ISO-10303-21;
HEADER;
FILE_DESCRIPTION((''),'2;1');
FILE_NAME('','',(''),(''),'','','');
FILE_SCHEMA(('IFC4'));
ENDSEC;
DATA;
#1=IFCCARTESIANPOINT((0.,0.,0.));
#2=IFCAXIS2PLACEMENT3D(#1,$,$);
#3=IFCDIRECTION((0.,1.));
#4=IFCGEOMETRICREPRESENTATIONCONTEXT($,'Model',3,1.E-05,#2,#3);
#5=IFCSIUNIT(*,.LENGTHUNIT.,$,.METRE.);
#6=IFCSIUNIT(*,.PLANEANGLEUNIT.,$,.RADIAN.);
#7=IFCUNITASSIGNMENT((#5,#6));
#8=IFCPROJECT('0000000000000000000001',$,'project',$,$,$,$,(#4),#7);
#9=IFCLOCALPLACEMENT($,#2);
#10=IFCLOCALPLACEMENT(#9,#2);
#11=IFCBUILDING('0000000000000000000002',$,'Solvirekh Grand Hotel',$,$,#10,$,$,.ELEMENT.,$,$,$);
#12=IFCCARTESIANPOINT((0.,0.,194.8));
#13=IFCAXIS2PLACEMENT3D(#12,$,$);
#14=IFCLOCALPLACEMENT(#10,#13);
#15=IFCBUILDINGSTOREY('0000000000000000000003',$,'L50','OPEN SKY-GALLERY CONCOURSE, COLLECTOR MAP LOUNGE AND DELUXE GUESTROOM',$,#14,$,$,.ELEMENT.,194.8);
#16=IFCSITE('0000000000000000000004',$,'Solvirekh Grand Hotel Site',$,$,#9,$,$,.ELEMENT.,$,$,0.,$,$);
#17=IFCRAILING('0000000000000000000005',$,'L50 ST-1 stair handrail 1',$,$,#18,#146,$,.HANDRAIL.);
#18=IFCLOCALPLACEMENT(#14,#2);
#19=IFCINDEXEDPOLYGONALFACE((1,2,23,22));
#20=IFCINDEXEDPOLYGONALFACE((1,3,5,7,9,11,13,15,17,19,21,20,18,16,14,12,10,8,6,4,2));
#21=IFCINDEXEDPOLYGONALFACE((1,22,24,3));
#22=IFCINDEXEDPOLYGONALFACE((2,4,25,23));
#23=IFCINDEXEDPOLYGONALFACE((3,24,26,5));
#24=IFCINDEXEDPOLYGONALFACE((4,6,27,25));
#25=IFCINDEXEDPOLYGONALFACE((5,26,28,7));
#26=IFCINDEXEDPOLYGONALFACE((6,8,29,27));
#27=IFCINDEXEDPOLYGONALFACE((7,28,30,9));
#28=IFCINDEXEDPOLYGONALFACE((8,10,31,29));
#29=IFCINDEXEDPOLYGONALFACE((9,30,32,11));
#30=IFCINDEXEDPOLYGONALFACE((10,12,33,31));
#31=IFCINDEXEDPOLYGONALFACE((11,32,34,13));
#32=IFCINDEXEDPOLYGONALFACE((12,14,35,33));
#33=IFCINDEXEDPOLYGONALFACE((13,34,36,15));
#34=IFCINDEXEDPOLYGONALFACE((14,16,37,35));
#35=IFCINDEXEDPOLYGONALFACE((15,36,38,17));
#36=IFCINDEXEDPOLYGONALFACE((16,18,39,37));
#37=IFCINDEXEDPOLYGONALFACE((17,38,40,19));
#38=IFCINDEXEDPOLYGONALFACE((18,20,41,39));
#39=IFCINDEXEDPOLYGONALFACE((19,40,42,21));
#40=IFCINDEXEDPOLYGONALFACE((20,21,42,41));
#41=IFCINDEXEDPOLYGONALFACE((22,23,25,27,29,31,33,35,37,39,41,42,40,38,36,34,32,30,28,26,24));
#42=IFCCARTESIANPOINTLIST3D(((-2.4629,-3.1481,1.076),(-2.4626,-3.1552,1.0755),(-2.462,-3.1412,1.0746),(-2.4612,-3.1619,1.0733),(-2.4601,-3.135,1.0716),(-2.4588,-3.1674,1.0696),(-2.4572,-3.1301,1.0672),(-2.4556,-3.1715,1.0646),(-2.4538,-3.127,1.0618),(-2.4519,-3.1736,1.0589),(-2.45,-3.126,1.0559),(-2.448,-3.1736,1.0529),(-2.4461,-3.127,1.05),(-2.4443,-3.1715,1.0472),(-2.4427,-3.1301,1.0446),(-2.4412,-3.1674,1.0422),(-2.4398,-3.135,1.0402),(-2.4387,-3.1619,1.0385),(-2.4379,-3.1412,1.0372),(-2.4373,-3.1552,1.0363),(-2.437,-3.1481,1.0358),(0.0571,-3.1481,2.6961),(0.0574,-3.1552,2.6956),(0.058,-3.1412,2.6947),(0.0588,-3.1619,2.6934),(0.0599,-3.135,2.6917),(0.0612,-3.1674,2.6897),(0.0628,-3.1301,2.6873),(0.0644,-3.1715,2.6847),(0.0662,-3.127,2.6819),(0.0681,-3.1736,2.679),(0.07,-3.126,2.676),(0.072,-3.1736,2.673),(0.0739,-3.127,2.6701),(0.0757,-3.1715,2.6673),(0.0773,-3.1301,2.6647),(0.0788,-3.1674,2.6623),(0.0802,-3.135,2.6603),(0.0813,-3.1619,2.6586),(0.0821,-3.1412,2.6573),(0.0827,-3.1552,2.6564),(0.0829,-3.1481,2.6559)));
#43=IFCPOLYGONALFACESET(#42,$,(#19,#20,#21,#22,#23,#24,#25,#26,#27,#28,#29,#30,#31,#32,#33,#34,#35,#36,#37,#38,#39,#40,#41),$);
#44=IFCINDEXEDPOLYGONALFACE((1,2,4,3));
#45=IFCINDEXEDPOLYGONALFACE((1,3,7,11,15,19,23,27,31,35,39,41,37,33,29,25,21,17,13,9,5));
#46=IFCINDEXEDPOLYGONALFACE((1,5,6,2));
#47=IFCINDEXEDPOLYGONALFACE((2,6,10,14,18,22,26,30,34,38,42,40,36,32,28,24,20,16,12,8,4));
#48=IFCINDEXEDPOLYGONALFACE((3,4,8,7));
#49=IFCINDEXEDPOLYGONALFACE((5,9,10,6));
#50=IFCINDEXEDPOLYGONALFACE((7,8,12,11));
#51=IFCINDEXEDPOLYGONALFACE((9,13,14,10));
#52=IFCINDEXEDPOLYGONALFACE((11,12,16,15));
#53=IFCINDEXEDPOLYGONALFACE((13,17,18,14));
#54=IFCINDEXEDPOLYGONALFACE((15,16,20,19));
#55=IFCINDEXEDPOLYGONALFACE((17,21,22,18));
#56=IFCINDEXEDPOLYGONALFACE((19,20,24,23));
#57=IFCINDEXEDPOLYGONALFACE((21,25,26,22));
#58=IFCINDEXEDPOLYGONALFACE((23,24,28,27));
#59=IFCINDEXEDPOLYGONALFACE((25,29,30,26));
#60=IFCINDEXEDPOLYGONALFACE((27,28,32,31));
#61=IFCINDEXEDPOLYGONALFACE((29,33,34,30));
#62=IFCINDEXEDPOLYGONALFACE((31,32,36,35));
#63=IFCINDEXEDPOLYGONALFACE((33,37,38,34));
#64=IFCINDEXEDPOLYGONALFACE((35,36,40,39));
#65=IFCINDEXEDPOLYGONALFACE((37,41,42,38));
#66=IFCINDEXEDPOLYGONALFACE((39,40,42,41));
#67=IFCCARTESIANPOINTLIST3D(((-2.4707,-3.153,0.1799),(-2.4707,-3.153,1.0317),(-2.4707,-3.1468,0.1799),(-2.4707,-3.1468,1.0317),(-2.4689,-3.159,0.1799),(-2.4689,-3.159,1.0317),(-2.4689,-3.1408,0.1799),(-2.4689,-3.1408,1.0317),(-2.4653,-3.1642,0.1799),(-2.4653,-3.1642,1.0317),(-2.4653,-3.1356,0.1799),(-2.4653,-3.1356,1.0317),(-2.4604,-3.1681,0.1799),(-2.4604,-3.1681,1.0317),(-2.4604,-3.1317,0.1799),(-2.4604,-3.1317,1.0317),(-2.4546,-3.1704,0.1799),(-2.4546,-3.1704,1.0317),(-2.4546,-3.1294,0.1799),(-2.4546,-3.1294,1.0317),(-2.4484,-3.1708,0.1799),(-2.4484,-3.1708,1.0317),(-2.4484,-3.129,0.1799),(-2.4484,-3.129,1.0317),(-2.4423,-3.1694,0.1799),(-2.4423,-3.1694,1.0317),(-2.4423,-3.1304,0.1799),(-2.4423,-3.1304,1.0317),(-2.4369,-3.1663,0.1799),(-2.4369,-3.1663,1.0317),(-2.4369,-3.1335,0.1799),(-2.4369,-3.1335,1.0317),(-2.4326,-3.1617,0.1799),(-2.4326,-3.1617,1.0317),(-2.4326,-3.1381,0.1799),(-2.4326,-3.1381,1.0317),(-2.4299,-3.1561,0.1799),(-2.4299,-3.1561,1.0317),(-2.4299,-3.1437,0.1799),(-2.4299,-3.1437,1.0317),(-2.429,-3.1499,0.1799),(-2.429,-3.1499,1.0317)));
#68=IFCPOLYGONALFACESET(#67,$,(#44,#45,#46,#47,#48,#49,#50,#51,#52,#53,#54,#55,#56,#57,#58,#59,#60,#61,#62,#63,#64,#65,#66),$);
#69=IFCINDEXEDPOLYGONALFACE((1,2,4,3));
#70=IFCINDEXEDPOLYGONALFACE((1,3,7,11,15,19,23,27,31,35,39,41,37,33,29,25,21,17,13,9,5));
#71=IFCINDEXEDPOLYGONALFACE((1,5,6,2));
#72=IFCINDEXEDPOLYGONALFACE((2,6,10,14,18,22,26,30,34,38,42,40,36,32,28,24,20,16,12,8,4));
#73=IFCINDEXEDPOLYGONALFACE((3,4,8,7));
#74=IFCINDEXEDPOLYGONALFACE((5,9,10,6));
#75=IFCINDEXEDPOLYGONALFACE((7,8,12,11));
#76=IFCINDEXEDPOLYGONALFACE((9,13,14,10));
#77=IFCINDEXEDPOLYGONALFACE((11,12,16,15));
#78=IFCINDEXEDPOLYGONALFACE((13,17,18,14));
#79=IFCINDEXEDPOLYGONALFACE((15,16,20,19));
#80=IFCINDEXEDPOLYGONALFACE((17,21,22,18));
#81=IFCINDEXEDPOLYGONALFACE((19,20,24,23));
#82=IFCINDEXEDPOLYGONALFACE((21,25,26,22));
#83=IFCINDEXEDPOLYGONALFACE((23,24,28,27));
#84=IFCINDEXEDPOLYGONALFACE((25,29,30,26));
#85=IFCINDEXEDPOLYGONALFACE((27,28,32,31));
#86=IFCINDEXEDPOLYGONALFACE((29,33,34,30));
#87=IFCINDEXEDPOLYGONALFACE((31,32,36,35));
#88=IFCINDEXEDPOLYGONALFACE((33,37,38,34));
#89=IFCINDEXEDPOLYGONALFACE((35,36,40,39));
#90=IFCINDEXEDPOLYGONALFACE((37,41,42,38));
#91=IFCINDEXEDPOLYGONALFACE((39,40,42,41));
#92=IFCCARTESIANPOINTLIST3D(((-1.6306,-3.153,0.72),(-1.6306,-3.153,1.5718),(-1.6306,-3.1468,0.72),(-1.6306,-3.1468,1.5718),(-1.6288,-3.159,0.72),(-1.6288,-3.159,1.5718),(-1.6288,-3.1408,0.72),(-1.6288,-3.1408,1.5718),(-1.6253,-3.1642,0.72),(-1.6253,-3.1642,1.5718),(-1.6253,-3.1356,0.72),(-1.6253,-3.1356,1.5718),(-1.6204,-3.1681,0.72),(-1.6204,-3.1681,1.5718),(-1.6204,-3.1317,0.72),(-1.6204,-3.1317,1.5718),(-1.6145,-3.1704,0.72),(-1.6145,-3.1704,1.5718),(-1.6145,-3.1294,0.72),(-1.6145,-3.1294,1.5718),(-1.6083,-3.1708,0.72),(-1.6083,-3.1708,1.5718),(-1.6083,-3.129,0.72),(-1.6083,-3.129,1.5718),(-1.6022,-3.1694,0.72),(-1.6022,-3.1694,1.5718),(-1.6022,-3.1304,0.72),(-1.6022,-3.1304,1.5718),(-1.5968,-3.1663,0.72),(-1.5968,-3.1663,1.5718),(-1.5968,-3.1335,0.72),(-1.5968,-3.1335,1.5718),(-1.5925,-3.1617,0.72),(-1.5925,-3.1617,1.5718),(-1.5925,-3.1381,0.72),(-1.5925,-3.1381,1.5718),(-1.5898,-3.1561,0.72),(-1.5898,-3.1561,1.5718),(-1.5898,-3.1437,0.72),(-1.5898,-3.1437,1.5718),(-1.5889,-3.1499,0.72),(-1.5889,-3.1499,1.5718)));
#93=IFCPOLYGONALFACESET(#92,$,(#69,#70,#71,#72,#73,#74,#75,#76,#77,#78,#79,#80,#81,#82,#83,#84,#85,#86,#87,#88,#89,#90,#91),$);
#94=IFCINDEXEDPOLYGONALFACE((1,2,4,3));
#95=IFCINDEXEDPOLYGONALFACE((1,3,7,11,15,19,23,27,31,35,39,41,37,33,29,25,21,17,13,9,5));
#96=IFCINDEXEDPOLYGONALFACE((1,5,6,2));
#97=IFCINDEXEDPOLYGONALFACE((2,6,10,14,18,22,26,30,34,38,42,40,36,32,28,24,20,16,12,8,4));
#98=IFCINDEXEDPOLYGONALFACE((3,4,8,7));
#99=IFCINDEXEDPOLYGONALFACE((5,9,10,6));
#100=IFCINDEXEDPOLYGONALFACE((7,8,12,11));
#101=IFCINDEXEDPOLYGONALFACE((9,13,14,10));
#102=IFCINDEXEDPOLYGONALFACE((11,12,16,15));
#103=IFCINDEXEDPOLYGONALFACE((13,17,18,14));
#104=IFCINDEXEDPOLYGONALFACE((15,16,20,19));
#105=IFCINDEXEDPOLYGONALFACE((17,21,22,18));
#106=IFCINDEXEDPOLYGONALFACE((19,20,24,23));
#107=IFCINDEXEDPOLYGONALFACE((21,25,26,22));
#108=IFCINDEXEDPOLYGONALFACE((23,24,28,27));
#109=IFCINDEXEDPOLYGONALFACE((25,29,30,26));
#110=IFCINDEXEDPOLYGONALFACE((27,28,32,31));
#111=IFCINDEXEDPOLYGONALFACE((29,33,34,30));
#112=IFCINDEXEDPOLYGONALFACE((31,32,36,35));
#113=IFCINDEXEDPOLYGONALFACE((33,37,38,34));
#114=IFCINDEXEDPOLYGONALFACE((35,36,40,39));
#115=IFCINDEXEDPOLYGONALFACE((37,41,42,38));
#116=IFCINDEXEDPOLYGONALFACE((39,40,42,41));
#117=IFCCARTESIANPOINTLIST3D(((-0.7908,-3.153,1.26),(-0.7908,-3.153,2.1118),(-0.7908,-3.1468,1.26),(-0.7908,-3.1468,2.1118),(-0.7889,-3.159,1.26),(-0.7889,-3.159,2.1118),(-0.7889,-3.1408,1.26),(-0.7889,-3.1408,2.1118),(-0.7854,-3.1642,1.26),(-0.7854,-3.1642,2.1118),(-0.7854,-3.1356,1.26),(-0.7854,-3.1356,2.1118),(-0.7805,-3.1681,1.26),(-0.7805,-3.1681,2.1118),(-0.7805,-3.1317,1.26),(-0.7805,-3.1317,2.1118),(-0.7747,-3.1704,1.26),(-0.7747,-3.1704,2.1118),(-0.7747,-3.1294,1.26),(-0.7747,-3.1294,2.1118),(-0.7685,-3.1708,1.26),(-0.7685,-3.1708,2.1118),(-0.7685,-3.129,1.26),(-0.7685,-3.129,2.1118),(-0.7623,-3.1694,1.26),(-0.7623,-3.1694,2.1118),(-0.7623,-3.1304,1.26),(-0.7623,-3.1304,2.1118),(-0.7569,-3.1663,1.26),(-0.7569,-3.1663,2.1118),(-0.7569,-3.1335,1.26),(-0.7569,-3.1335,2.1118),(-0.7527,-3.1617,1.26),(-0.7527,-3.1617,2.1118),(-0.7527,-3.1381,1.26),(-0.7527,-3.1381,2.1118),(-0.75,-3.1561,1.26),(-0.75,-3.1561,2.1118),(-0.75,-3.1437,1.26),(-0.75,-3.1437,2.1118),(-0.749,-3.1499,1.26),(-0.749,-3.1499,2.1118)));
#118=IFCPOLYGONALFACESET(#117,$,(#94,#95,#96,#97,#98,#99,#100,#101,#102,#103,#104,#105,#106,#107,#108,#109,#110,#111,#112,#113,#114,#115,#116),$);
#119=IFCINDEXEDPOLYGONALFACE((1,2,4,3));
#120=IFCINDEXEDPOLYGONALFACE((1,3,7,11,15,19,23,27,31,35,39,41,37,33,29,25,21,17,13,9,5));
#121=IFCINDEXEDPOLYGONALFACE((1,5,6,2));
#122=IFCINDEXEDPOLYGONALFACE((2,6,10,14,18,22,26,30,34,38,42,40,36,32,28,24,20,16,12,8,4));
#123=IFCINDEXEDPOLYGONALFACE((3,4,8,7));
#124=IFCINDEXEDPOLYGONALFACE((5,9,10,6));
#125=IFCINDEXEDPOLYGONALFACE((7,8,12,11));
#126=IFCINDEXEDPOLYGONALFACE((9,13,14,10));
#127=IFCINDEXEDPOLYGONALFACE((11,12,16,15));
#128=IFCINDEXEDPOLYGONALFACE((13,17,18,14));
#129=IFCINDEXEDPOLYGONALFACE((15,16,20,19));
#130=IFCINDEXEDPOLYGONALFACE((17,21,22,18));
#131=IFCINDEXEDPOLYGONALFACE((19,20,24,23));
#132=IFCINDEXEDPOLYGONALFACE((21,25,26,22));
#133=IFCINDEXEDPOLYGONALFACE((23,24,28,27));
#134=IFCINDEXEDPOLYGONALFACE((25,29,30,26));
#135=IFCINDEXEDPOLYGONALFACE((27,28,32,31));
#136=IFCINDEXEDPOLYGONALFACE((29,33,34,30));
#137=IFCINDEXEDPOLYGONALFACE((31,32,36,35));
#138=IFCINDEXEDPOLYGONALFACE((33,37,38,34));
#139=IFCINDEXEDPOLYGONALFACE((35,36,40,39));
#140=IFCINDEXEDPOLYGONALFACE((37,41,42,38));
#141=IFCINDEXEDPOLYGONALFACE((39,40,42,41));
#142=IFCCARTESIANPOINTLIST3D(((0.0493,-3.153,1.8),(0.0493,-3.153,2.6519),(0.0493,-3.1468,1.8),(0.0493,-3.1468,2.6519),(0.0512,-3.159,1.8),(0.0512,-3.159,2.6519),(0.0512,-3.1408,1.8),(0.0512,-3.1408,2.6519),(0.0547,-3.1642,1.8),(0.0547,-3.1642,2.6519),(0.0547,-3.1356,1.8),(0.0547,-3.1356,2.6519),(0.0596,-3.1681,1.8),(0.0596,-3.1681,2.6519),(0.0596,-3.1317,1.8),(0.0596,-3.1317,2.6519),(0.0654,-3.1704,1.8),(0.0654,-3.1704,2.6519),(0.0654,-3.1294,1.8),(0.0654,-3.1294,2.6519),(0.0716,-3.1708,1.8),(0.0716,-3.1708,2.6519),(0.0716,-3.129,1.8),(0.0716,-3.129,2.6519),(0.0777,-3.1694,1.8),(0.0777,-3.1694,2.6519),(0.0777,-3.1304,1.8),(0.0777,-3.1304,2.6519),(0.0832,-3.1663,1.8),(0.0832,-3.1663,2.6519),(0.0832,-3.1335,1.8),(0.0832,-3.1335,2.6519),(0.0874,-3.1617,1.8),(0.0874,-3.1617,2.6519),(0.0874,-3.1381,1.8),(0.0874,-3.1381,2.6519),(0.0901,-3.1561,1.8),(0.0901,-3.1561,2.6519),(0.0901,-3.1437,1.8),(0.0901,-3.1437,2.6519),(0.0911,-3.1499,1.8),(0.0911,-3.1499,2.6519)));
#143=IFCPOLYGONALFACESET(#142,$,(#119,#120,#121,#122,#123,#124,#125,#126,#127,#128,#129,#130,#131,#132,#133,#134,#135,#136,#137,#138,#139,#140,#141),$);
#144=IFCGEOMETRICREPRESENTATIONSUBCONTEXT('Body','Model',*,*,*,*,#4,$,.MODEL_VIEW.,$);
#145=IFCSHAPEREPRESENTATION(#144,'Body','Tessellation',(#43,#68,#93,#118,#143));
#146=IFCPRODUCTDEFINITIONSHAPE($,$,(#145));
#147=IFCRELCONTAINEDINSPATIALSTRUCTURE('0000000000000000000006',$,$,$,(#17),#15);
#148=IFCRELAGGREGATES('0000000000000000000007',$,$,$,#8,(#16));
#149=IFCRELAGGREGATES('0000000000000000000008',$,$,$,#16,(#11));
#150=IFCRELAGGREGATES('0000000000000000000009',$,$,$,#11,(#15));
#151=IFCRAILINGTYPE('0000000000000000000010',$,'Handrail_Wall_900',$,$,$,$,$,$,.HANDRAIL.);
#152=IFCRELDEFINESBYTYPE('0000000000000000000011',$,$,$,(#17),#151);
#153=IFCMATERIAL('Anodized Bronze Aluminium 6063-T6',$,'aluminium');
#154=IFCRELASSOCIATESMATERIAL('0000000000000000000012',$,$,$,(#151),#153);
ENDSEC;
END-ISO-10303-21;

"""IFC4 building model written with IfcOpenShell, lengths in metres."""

from ifc_helpers import new_model, si_unit, direction, frame, origin, origin_2d, place, context, subcontext, project, spatial, circle, extrude, material, type_object, element, save


model = new_model("IFC4")

# Units and contexts
model_context = context("Model", 3, precision=1e-05, world=origin(), true_north=direction((0.0, 1.0)))
body_context = subcontext(model_context, "Body", "Model", "MODEL_VIEW")
ifc_project = project(units=[si_unit("LENGTHUNIT", "METRE"), si_unit("PLANEANGLEUNIT", "RADIAN")], contexts=[model_context])

# Site, building, storey
site_placement = place(None, origin())
site = spatial("IfcSite", under=ifc_project, at=site_placement, Name="Solvirekh Grand Hotel Site", CompositionType="ELEMENT", RefElevation=0.0)
building_placement = place(site_placement, origin())
building = spatial("IfcBuilding", under=site, at=building_placement, Name="Solvirekh Grand Hotel", CompositionType="ELEMENT")
storey_placement = place(building_placement, frame((0.0, 0.0, 194.8)))
storey = spatial("IfcBuildingStorey", under=building, at=storey_placement, Name="L50", Description="OPEN SKY-GALLERY CONCOURSE, COLLECTOR MAP LOUNGE AND DELUXE GUESTROOM", CompositionType="ELEMENT", Elevation=194.8)

# Railing
ifc_material_1 = material(Name="Anodized Bronze Aluminium 6063-T6", Category="aluminium")
railing_type_1 = type_object("IfcRailingType", Name="Handrail_Wall_900", PredefinedType="HANDRAIL", material=ifc_material_1)
railing_1_placement = place(storey_placement, frame((-2.45, -3.1499, 0.1799)))
element("IfcRailing", 1, at=railing_1_placement, inside=storey, type_object=railing_type_1, Name="L50 ST-1 stair handrail 1", PredefinedType="HANDRAIL", context=body_context, shape_type="SweptSolid", body=[
    extrude(circle(Radius=0.0239, at=origin_2d()), frame((0.0, 0.0, 0.876), z_axis=(0.841163, 0.0, 0.540782), x_axis=(0.0, 1.0, 0.0)), (0.0, 0.0, 1.0), 2.9958),
    extrude(circle(Radius=0.021, at=origin_2d()), origin(), (0.0, 0.0, 1.0), 0.8518),
    extrude(circle(Radius=0.021, at=origin_2d()), frame((0.8401, 0.0, 0.54)), (0.0, 0.0, 1.0), 0.8518),
    extrude(circle(Radius=0.021, at=origin_2d()), frame((1.6799, 0.0, 1.0801)), (0.0, 0.0, 1.0), 0.8518),
    extrude(circle(Radius=0.021, at=origin_2d()), frame((2.52, 0.0, 1.6201)), (0.0, 0.0, 1.0), 0.8518),
])

save(model, "model.ifc")
